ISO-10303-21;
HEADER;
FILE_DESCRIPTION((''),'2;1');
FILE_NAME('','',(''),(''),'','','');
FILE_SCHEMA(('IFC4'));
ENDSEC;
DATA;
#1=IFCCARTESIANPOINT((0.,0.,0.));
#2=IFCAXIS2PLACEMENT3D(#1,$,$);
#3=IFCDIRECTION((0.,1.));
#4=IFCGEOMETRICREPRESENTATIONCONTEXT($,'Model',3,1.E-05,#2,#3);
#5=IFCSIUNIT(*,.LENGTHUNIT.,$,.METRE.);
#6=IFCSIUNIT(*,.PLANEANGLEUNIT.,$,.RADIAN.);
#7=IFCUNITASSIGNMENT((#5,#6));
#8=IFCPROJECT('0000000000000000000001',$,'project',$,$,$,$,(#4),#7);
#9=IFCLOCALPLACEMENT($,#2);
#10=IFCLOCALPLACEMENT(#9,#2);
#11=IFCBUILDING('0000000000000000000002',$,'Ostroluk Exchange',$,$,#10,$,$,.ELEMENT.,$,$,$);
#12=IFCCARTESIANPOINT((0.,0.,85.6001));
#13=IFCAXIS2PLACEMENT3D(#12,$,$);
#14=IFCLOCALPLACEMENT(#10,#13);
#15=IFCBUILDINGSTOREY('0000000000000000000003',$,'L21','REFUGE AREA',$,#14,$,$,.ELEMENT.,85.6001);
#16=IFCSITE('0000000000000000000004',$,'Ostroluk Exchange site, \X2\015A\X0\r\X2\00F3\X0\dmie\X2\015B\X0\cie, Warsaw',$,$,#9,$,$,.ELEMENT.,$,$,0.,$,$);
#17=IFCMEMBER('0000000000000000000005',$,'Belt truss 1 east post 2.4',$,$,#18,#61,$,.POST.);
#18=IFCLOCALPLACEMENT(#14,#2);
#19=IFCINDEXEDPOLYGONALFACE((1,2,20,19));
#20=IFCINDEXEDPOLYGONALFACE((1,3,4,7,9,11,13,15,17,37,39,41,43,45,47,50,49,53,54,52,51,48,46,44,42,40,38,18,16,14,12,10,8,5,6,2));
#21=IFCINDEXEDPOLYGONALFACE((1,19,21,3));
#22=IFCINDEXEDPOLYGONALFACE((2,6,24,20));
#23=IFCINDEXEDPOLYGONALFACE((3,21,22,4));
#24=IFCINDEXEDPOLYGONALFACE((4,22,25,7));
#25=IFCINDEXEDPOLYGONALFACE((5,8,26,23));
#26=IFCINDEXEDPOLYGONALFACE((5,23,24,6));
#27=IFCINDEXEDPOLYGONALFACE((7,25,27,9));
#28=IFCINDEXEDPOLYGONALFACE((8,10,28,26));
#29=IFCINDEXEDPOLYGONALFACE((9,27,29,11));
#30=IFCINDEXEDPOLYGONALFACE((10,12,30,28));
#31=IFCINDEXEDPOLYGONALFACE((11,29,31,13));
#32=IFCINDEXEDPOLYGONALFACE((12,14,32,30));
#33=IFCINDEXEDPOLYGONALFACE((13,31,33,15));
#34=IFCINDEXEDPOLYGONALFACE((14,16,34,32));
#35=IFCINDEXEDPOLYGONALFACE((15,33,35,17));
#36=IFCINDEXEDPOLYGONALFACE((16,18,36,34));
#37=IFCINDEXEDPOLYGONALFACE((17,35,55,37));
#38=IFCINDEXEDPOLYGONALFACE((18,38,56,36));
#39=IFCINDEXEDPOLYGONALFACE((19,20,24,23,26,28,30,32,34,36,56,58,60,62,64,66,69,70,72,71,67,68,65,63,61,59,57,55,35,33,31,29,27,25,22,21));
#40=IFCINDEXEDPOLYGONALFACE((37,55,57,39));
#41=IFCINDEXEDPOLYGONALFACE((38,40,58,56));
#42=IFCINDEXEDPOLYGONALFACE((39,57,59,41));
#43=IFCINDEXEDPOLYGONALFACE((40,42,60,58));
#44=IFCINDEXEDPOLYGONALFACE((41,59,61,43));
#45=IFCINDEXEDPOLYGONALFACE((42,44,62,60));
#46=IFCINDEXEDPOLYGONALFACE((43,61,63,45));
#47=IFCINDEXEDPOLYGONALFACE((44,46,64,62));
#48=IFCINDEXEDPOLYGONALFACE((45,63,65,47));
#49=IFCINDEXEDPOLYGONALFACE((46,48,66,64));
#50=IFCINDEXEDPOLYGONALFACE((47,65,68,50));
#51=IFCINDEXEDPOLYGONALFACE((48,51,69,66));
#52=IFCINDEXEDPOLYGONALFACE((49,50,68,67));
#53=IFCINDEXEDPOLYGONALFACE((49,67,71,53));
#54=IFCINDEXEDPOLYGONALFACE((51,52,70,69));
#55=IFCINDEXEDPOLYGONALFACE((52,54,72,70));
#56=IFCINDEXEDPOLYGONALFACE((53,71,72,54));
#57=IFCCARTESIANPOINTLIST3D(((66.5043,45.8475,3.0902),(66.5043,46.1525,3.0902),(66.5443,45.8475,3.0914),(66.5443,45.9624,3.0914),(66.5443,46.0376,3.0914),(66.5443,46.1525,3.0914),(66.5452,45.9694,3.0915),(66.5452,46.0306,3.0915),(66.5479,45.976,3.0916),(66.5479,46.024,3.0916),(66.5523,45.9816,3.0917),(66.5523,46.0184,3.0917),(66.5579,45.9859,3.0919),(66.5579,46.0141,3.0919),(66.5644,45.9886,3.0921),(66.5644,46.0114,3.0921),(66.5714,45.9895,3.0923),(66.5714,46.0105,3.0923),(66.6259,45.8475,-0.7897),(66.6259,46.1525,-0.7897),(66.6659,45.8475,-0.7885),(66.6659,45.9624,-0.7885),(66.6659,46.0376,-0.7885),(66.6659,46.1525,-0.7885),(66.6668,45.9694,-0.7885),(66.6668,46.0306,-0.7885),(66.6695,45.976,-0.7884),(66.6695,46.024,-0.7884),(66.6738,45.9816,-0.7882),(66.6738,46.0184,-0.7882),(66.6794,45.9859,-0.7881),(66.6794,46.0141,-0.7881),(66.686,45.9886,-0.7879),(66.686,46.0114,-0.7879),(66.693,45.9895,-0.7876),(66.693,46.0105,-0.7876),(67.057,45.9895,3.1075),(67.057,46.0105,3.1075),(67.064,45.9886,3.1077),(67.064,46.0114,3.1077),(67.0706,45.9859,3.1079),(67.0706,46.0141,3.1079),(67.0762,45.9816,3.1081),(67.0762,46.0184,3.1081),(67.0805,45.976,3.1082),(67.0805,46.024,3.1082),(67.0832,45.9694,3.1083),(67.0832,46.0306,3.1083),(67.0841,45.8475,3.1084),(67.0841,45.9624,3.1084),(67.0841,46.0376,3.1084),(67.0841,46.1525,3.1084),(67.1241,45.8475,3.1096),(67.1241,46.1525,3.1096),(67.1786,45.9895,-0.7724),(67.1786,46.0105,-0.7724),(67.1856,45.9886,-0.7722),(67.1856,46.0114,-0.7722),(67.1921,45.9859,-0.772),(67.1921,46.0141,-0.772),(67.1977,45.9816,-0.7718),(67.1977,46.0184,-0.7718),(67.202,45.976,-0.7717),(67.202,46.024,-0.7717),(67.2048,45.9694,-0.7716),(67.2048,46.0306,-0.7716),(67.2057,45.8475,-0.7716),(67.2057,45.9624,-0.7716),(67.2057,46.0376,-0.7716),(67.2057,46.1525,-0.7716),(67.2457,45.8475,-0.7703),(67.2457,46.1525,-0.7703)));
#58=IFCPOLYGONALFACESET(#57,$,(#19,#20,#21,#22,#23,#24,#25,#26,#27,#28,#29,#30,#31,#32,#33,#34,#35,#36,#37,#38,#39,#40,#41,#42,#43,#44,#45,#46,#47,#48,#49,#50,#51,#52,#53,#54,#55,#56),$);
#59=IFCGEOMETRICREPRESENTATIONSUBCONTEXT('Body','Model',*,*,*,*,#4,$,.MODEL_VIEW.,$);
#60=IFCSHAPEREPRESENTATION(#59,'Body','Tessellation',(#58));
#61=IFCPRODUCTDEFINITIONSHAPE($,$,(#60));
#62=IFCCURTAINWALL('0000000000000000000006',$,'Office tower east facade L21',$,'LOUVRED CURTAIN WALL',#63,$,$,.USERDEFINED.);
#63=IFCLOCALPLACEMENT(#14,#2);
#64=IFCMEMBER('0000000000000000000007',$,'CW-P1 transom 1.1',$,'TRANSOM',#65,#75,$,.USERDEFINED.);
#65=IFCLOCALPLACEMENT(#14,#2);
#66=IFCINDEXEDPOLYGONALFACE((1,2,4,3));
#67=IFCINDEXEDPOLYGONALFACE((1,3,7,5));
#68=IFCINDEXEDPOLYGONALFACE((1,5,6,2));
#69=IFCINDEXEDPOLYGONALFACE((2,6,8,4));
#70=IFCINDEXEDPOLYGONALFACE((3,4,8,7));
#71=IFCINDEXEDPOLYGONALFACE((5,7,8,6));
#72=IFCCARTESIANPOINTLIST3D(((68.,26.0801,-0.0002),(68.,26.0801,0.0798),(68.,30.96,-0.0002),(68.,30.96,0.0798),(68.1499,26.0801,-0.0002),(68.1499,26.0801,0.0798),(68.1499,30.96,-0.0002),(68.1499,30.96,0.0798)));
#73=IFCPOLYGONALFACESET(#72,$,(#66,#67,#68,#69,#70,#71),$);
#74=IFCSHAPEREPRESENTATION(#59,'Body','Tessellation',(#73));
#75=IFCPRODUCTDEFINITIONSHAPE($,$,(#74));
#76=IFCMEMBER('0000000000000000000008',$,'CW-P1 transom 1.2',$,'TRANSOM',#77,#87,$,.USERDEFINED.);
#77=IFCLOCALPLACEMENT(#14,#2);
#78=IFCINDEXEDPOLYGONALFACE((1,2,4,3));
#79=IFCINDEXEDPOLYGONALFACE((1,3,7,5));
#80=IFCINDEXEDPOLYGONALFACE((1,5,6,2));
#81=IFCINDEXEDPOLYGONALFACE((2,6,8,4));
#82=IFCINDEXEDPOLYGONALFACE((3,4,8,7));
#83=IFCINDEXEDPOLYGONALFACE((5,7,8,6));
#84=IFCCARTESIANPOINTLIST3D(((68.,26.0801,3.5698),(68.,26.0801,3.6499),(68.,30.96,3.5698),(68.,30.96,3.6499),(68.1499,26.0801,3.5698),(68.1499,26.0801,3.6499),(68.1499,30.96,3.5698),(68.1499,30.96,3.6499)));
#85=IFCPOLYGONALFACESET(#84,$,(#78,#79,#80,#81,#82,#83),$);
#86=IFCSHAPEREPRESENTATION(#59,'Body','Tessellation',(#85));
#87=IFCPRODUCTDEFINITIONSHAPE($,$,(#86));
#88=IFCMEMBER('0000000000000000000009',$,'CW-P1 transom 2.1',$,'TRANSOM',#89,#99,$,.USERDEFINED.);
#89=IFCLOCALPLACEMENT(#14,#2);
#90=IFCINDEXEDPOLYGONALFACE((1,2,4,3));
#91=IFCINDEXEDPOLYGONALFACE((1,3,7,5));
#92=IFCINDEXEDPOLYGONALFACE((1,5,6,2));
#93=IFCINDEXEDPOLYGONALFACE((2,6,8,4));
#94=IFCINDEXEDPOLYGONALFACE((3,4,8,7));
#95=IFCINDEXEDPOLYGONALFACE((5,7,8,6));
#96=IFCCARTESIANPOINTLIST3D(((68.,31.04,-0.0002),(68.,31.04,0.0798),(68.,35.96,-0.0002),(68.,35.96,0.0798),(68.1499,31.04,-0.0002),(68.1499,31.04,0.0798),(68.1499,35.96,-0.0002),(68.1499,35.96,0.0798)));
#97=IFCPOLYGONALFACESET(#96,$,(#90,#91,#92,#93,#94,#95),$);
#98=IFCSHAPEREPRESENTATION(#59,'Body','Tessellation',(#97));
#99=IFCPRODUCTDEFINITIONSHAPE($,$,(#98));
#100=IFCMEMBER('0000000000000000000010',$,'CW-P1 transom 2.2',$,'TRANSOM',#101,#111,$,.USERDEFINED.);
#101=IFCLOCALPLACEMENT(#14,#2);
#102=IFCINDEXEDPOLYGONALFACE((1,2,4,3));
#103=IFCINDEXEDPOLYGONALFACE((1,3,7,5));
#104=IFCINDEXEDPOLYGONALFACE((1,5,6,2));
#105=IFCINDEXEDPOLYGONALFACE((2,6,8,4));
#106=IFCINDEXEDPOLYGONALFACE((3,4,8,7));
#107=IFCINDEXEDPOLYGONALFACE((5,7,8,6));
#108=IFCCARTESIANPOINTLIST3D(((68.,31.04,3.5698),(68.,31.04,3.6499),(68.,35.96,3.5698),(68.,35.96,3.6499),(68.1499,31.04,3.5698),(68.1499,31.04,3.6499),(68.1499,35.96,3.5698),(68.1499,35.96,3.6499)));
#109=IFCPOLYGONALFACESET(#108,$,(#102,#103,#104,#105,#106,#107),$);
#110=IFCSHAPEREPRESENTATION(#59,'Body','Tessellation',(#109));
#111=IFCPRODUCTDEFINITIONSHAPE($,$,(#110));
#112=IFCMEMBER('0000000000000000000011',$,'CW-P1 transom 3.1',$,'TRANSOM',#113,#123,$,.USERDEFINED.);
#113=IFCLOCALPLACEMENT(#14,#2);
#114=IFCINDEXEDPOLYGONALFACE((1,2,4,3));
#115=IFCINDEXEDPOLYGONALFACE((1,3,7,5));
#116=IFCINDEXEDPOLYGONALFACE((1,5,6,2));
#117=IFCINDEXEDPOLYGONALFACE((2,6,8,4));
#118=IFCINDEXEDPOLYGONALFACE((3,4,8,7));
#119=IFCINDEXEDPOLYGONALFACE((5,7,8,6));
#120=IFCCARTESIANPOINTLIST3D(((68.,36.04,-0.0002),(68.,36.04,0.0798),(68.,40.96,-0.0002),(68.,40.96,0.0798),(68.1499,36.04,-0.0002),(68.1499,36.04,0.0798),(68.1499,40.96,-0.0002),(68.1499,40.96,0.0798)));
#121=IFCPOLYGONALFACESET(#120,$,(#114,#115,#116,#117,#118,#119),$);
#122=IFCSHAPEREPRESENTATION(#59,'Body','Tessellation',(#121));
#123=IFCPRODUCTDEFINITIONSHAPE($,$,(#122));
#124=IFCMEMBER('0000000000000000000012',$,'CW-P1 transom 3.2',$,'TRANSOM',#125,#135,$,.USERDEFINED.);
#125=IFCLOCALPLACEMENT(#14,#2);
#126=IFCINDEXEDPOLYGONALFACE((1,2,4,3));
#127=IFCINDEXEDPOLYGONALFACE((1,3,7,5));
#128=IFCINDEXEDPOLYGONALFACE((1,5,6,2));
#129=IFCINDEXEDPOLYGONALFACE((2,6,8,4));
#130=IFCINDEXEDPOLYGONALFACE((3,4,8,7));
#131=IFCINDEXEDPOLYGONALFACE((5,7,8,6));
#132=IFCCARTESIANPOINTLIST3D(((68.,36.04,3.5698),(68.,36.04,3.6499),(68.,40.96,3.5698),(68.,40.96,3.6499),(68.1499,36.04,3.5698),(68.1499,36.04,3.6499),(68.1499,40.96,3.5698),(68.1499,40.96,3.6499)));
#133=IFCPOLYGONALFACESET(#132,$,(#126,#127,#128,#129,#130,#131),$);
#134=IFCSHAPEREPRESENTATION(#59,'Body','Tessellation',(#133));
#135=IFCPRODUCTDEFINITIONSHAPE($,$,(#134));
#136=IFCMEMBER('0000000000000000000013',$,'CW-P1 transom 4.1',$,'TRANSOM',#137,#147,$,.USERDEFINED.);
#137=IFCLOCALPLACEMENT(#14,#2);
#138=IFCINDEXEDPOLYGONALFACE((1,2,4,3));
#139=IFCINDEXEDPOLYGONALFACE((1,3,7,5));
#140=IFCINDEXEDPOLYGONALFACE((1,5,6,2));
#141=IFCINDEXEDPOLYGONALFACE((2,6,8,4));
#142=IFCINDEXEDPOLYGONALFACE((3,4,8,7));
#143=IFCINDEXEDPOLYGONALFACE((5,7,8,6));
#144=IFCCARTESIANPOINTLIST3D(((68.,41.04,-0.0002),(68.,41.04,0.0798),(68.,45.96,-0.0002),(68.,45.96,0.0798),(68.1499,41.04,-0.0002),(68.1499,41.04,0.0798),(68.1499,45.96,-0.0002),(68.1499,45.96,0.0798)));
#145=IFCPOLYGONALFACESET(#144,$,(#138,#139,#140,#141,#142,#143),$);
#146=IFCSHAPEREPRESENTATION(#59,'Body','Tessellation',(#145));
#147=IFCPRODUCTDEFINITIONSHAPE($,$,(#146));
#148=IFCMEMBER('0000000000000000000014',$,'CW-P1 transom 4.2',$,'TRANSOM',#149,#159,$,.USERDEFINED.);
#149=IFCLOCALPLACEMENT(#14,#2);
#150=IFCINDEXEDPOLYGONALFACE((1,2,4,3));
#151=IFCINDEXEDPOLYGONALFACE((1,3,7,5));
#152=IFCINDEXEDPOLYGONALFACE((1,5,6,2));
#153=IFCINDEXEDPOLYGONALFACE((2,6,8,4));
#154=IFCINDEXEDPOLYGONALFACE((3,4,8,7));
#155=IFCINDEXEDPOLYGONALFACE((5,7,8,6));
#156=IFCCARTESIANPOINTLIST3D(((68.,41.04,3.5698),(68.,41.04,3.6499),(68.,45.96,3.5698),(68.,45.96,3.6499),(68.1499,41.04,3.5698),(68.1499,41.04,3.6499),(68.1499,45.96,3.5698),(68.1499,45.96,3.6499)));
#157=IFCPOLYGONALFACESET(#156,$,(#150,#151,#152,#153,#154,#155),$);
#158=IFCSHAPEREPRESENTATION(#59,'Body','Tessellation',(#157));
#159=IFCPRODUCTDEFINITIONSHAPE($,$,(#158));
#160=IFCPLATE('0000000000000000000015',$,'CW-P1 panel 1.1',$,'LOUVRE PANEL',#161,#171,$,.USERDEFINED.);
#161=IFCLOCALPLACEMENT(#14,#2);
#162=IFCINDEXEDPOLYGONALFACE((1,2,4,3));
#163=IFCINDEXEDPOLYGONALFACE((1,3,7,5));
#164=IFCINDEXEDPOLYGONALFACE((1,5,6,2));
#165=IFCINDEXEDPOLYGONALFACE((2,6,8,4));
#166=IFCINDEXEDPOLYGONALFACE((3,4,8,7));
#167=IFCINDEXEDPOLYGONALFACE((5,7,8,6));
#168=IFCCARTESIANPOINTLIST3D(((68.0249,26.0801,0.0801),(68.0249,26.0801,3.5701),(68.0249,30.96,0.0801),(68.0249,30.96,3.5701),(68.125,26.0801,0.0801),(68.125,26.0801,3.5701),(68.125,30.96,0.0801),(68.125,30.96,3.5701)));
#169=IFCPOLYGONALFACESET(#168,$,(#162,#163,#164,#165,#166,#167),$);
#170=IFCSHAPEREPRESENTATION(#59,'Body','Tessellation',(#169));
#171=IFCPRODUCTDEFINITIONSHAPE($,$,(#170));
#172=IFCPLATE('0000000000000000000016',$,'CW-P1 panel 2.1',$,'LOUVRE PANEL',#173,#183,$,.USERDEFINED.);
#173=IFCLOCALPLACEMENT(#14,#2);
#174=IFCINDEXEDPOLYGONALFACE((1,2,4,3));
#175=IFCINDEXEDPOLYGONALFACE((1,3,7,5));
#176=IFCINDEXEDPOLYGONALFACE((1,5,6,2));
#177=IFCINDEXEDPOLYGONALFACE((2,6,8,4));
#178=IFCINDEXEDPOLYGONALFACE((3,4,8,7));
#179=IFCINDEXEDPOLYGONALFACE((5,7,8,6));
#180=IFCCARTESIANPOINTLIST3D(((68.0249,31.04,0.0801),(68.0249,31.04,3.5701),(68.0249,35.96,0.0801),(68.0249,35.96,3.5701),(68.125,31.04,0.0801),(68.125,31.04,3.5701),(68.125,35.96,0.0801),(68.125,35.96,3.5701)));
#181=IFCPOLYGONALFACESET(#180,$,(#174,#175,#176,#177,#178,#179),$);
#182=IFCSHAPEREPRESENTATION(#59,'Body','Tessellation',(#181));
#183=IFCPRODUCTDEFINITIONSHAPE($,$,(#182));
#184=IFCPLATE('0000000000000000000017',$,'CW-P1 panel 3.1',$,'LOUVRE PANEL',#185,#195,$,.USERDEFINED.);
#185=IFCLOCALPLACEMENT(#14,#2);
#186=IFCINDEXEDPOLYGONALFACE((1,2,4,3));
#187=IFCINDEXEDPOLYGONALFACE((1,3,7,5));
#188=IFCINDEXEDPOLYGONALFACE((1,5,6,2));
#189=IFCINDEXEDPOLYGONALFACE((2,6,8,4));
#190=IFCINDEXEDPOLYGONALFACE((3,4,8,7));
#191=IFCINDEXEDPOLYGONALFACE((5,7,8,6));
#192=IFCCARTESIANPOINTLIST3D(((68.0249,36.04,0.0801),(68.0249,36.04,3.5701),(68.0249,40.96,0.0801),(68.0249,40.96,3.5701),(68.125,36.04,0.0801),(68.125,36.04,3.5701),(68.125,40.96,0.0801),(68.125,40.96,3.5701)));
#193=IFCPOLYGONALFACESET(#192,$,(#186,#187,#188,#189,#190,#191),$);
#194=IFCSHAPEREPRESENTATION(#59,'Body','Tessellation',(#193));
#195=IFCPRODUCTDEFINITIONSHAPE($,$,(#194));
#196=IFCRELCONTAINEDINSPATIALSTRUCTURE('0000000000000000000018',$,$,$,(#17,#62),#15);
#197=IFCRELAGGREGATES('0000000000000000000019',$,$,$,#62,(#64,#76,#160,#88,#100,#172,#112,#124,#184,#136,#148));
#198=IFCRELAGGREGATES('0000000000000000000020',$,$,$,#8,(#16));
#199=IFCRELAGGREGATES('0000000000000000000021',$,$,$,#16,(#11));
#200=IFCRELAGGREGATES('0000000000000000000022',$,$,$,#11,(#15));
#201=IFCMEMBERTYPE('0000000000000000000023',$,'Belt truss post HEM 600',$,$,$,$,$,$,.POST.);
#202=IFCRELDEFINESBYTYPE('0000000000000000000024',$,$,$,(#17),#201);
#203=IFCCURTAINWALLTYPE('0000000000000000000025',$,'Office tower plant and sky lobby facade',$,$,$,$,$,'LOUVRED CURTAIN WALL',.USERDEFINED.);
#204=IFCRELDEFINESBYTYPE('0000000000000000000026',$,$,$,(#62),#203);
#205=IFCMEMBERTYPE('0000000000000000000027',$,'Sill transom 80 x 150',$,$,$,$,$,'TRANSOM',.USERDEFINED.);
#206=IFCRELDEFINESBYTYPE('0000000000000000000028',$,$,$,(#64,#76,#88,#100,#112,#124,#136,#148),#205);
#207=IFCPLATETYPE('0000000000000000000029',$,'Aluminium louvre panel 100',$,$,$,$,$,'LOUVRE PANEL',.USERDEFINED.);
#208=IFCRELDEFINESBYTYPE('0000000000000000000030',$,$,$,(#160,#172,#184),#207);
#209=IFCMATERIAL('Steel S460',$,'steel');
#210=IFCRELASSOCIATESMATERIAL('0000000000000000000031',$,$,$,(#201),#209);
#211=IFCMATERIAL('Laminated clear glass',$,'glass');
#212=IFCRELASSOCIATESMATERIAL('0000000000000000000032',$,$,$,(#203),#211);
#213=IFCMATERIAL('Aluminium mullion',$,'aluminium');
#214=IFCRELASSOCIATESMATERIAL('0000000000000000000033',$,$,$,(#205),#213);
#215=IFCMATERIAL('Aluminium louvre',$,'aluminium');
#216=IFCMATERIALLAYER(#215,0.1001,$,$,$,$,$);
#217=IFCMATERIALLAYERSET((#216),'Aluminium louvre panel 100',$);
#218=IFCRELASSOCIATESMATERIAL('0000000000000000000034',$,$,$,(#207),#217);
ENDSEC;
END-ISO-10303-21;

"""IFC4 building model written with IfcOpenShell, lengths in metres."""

from ifc_helpers import new_model, si_unit, direction, frame, origin, origin_2d, place, context, subcontext, project, spatial, rectangle, i_section, extrude, material, layer, layer_set, material_profile, profile_set, type_object, element, aggregate, save


model = new_model("IFC4")

# Units and contexts
model_context = context("Model", 3, precision=1e-05, world=origin(), true_north=direction((0.0, 1.0)))
body_context = subcontext(model_context, "Body", "Model", "MODEL_VIEW")
ifc_project = project(units=[si_unit("LENGTHUNIT", "METRE"), si_unit("PLANEANGLEUNIT", "RADIAN")], contexts=[model_context])

# Site, building, storey
site_placement = place(None, origin())
site = spatial("IfcSite", under=ifc_project, at=site_placement, Name="Ostroluk Exchange site, Śródmieście, Warsaw", CompositionType="ELEMENT", RefElevation=0.0)
building_placement = place(site_placement, origin())
building = spatial("IfcBuilding", under=site, at=building_placement, Name="Ostroluk Exchange", CompositionType="ELEMENT")
storey_placement = place(building_placement, frame((0.0, 0.0, 85.6001)))
storey = spatial("IfcBuildingStorey", under=building, at=storey_placement, Name="L21", Description="REFUGE AREA", CompositionType="ELEMENT", Elevation=85.6001)

# Member
ifc_material_1 = material(Name="Steel S460", Category="steel")
ifc_material_profile_1 = material_profile(ifc_material_1, i_section(OverallWidth=0.3049, OverallDepth=0.6201, WebThickness=0.021, FlangeThickness=0.04, FilletRadius=0.0271, at=origin_2d()), Name="HEM 600")
ifc_profile_set_1 = profile_set([ifc_material_profile_1], Name="Steel S460")
member_type_1 = type_object("IfcMemberType", Name="Belt truss post HEM 600", PredefinedType="POST", material=ifc_profile_set_1)
member_1_placement = place(storey_placement, frame((66.9358, 46.0, -0.78), z_axis=(-0.031321, 0.0, 0.999509), x_axis=(0.0, -1.0, 0.0)))
element("IfcMember", 1, at=member_1_placement, inside=storey, type_object=member_type_1, Name="Belt truss 1 east post 2.4", PredefinedType="POST", context=body_context, shape_type="SweptSolid", body=[
    extrude(i_section(OverallWidth=0.3049, OverallDepth=0.6201, WebThickness=0.021, FlangeThickness=0.04, FilletRadius=0.0271, at=origin_2d()), origin(), (0.0, 0.0, 1.0), 3.8818),
])

# Curtain wall, members, plates
ifc_material_2 = material(Name="Laminated clear glass", Category="glass")
curtain_wall_type = type_object("IfcCurtainWallType", Name="Office tower plant and sky lobby facade", ElementType="LOUVRED CURTAIN WALL", PredefinedType="USERDEFINED", material=ifc_material_2)
curtain_wall_placement = place(storey_placement, origin())
curtain_wall = element("IfcCurtainWall", 2, at=curtain_wall_placement, inside=storey, type_object=curtain_wall_type, Name="Office tower east facade L21", ObjectType="LOUVRED CURTAIN WALL", PredefinedType="USERDEFINED")
ifc_material_3 = material(Name="Aluminium mullion", Category="aluminium")
ifc_material_profile_2 = material_profile(ifc_material_3, rectangle(XDim=0.1499, YDim=0.0801, at=origin_2d()), Name="Sill transom 80 x 150")
ifc_profile_set_2 = profile_set([ifc_material_profile_2], Name="Aluminium mullion")
member_type_2 = type_object("IfcMemberType", Name="Sill transom 80 x 150", ElementType="TRANSOM", PredefinedType="USERDEFINED", material=ifc_profile_set_2)
member_2_placement = place(storey_placement, frame((68.075, 26.0801, 0.0398), z_axis=(0.0, 1.0, 0.0), x_axis=(-1.0, 0.0, 0.0)))
member_2 = element("IfcMember", 3, at=member_2_placement, type_object=member_type_2, Name="CW-P1 transom 1.1", ObjectType="TRANSOM", PredefinedType="USERDEFINED", context=body_context, shape_type="SweptSolid", body=[
    extrude(rectangle(XDim=0.1499, YDim=0.0801, at=origin_2d()), origin(), (0.0, 0.0, 1.0), 4.8799),
])
member_3_placement = place(storey_placement, frame((68.075, 26.0801, 3.6099), z_axis=(0.0, 1.0, 0.0), x_axis=(-1.0, 0.0, 0.0)))
member_3 = element("IfcMember", 4, at=member_3_placement, type_object=member_type_2, Name="CW-P1 transom 1.2", ObjectType="TRANSOM", PredefinedType="USERDEFINED", context=body_context, shape_type="SweptSolid", body=[
    extrude(rectangle(XDim=0.1499, YDim=0.0801, at=origin_2d()), origin(), (0.0, 0.0, 1.0), 4.8799),
])
member_4_placement = place(storey_placement, frame((68.075, 31.04, 0.0398), z_axis=(0.0, 1.0, 0.0), x_axis=(-1.0, 0.0, 0.0)))
member_4 = element("IfcMember", 5, at=member_4_placement, type_object=member_type_2, Name="CW-P1 transom 2.1", ObjectType="TRANSOM", PredefinedType="USERDEFINED", context=body_context, shape_type="SweptSolid", body=[
    extrude(rectangle(XDim=0.1499, YDim=0.0801, at=origin_2d()), origin(), (0.0, 0.0, 1.0), 4.9199),
])
member_5_placement = place(storey_placement, frame((68.075, 31.04, 3.6099), z_axis=(0.0, 1.0, 0.0), x_axis=(-1.0, 0.0, 0.0)))
member_5 = element("IfcMember", 6, at=member_5_placement, type_object=member_type_2, Name="CW-P1 transom 2.2", ObjectType="TRANSOM", PredefinedType="USERDEFINED", context=body_context, shape_type="SweptSolid", body=[
    extrude(rectangle(XDim=0.1499, YDim=0.0801, at=origin_2d()), origin(), (0.0, 0.0, 1.0), 4.9199),
])
member_6_placement = place(storey_placement, frame((68.075, 36.04, 0.0398), z_axis=(0.0, 1.0, 0.0), x_axis=(-1.0, 0.0, 0.0)))
member_6 = element("IfcMember", 7, at=member_6_placement, type_object=member_type_2, Name="CW-P1 transom 3.1", ObjectType="TRANSOM", PredefinedType="USERDEFINED", context=body_context, shape_type="SweptSolid", body=[
    extrude(rectangle(XDim=0.1499, YDim=0.0801, at=origin_2d()), origin(), (0.0, 0.0, 1.0), 4.9199),
])
member_7_placement = place(storey_placement, frame((68.075, 36.04, 3.6099), z_axis=(0.0, 1.0, 0.0), x_axis=(-1.0, 0.0, 0.0)))
member_7 = element("IfcMember", 8, at=member_7_placement, type_object=member_type_2, Name="CW-P1 transom 3.2", ObjectType="TRANSOM", PredefinedType="USERDEFINED", context=body_context, shape_type="SweptSolid", body=[
    extrude(rectangle(XDim=0.1499, YDim=0.0801, at=origin_2d()), origin(), (0.0, 0.0, 1.0), 4.9199),
])
member_8_placement = place(storey_placement, frame((68.075, 41.04, 0.0398), z_axis=(0.0, 1.0, 0.0), x_axis=(-1.0, 0.0, 0.0)))
member_8 = element("IfcMember", 9, at=member_8_placement, type_object=member_type_2, Name="CW-P1 transom 4.1", ObjectType="TRANSOM", PredefinedType="USERDEFINED", context=body_context, shape_type="SweptSolid", body=[
    extrude(rectangle(XDim=0.1499, YDim=0.0801, at=origin_2d()), origin(), (0.0, 0.0, 1.0), 4.9199),
])
member_9_placement = place(storey_placement, frame((68.075, 41.04, 3.6099), z_axis=(0.0, 1.0, 0.0), x_axis=(-1.0, 0.0, 0.0)))
member_9 = element("IfcMember", 10, at=member_9_placement, type_object=member_type_2, Name="CW-P1 transom 4.2", ObjectType="TRANSOM", PredefinedType="USERDEFINED", context=body_context, shape_type="SweptSolid", body=[
    extrude(rectangle(XDim=0.1499, YDim=0.0801, at=origin_2d()), origin(), (0.0, 0.0, 1.0), 4.9199),
])
ifc_material_4 = material(Name="Aluminium louvre", Category="aluminium")
ifc_layer_1 = layer(ifc_material_4, 0.1001)
ifc_layer_set_1 = layer_set([ifc_layer_1], Name="Aluminium louvre panel 100")
plate_type = type_object("IfcPlateType", Name="Aluminium louvre panel 100", ElementType="LOUVRE PANEL", PredefinedType="USERDEFINED", material=ifc_layer_set_1)
plate_1_placement = place(storey_placement, frame((68.075, 28.52, 0.0801), z_axis=(0.0, 0.0, 1.0), x_axis=(0.0, 1.0, 0.0)))
plate_1 = element("IfcPlate", 11, at=plate_1_placement, type_object=plate_type, Name="CW-P1 panel 1.1", ObjectType="LOUVRE PANEL", PredefinedType="USERDEFINED", context=body_context, shape_type="SweptSolid", body=[
    extrude(rectangle(XDim=4.8799, YDim=0.1001, at=origin_2d()), origin(), (0.0, 0.0, 1.0), 3.49),
])
plate_2_placement = place(storey_placement, frame((68.075, 33.5, 0.0801), z_axis=(0.0, 0.0, 1.0), x_axis=(0.0, 1.0, 0.0)))
plate_2 = element("IfcPlate", 12, at=plate_2_placement, type_object=plate_type, Name="CW-P1 panel 2.1", ObjectType="LOUVRE PANEL", PredefinedType="USERDEFINED", context=body_context, shape_type="SweptSolid", body=[
    extrude(rectangle(XDim=4.9199, YDim=0.1001, at=origin_2d()), origin(), (0.0, 0.0, 1.0), 3.49),
])
plate_3_placement = place(storey_placement, frame((68.075, 38.5, 0.0801), z_axis=(0.0, 0.0, 1.0), x_axis=(0.0, 1.0, 0.0)))
plate_3 = element("IfcPlate", 13, at=plate_3_placement, type_object=plate_type, Name="CW-P1 panel 3.1", ObjectType="LOUVRE PANEL", PredefinedType="USERDEFINED", context=body_context, shape_type="SweptSolid", body=[
    extrude(rectangle(XDim=4.9199, YDim=0.1001, at=origin_2d()), origin(), (0.0, 0.0, 1.0), 3.49),
])
aggregate(curtain_wall, [member_2, member_3, plate_1, member_4, member_5, plate_2, member_6, member_7, plate_3, member_8, member_9])

save(model, "model.ifc")
